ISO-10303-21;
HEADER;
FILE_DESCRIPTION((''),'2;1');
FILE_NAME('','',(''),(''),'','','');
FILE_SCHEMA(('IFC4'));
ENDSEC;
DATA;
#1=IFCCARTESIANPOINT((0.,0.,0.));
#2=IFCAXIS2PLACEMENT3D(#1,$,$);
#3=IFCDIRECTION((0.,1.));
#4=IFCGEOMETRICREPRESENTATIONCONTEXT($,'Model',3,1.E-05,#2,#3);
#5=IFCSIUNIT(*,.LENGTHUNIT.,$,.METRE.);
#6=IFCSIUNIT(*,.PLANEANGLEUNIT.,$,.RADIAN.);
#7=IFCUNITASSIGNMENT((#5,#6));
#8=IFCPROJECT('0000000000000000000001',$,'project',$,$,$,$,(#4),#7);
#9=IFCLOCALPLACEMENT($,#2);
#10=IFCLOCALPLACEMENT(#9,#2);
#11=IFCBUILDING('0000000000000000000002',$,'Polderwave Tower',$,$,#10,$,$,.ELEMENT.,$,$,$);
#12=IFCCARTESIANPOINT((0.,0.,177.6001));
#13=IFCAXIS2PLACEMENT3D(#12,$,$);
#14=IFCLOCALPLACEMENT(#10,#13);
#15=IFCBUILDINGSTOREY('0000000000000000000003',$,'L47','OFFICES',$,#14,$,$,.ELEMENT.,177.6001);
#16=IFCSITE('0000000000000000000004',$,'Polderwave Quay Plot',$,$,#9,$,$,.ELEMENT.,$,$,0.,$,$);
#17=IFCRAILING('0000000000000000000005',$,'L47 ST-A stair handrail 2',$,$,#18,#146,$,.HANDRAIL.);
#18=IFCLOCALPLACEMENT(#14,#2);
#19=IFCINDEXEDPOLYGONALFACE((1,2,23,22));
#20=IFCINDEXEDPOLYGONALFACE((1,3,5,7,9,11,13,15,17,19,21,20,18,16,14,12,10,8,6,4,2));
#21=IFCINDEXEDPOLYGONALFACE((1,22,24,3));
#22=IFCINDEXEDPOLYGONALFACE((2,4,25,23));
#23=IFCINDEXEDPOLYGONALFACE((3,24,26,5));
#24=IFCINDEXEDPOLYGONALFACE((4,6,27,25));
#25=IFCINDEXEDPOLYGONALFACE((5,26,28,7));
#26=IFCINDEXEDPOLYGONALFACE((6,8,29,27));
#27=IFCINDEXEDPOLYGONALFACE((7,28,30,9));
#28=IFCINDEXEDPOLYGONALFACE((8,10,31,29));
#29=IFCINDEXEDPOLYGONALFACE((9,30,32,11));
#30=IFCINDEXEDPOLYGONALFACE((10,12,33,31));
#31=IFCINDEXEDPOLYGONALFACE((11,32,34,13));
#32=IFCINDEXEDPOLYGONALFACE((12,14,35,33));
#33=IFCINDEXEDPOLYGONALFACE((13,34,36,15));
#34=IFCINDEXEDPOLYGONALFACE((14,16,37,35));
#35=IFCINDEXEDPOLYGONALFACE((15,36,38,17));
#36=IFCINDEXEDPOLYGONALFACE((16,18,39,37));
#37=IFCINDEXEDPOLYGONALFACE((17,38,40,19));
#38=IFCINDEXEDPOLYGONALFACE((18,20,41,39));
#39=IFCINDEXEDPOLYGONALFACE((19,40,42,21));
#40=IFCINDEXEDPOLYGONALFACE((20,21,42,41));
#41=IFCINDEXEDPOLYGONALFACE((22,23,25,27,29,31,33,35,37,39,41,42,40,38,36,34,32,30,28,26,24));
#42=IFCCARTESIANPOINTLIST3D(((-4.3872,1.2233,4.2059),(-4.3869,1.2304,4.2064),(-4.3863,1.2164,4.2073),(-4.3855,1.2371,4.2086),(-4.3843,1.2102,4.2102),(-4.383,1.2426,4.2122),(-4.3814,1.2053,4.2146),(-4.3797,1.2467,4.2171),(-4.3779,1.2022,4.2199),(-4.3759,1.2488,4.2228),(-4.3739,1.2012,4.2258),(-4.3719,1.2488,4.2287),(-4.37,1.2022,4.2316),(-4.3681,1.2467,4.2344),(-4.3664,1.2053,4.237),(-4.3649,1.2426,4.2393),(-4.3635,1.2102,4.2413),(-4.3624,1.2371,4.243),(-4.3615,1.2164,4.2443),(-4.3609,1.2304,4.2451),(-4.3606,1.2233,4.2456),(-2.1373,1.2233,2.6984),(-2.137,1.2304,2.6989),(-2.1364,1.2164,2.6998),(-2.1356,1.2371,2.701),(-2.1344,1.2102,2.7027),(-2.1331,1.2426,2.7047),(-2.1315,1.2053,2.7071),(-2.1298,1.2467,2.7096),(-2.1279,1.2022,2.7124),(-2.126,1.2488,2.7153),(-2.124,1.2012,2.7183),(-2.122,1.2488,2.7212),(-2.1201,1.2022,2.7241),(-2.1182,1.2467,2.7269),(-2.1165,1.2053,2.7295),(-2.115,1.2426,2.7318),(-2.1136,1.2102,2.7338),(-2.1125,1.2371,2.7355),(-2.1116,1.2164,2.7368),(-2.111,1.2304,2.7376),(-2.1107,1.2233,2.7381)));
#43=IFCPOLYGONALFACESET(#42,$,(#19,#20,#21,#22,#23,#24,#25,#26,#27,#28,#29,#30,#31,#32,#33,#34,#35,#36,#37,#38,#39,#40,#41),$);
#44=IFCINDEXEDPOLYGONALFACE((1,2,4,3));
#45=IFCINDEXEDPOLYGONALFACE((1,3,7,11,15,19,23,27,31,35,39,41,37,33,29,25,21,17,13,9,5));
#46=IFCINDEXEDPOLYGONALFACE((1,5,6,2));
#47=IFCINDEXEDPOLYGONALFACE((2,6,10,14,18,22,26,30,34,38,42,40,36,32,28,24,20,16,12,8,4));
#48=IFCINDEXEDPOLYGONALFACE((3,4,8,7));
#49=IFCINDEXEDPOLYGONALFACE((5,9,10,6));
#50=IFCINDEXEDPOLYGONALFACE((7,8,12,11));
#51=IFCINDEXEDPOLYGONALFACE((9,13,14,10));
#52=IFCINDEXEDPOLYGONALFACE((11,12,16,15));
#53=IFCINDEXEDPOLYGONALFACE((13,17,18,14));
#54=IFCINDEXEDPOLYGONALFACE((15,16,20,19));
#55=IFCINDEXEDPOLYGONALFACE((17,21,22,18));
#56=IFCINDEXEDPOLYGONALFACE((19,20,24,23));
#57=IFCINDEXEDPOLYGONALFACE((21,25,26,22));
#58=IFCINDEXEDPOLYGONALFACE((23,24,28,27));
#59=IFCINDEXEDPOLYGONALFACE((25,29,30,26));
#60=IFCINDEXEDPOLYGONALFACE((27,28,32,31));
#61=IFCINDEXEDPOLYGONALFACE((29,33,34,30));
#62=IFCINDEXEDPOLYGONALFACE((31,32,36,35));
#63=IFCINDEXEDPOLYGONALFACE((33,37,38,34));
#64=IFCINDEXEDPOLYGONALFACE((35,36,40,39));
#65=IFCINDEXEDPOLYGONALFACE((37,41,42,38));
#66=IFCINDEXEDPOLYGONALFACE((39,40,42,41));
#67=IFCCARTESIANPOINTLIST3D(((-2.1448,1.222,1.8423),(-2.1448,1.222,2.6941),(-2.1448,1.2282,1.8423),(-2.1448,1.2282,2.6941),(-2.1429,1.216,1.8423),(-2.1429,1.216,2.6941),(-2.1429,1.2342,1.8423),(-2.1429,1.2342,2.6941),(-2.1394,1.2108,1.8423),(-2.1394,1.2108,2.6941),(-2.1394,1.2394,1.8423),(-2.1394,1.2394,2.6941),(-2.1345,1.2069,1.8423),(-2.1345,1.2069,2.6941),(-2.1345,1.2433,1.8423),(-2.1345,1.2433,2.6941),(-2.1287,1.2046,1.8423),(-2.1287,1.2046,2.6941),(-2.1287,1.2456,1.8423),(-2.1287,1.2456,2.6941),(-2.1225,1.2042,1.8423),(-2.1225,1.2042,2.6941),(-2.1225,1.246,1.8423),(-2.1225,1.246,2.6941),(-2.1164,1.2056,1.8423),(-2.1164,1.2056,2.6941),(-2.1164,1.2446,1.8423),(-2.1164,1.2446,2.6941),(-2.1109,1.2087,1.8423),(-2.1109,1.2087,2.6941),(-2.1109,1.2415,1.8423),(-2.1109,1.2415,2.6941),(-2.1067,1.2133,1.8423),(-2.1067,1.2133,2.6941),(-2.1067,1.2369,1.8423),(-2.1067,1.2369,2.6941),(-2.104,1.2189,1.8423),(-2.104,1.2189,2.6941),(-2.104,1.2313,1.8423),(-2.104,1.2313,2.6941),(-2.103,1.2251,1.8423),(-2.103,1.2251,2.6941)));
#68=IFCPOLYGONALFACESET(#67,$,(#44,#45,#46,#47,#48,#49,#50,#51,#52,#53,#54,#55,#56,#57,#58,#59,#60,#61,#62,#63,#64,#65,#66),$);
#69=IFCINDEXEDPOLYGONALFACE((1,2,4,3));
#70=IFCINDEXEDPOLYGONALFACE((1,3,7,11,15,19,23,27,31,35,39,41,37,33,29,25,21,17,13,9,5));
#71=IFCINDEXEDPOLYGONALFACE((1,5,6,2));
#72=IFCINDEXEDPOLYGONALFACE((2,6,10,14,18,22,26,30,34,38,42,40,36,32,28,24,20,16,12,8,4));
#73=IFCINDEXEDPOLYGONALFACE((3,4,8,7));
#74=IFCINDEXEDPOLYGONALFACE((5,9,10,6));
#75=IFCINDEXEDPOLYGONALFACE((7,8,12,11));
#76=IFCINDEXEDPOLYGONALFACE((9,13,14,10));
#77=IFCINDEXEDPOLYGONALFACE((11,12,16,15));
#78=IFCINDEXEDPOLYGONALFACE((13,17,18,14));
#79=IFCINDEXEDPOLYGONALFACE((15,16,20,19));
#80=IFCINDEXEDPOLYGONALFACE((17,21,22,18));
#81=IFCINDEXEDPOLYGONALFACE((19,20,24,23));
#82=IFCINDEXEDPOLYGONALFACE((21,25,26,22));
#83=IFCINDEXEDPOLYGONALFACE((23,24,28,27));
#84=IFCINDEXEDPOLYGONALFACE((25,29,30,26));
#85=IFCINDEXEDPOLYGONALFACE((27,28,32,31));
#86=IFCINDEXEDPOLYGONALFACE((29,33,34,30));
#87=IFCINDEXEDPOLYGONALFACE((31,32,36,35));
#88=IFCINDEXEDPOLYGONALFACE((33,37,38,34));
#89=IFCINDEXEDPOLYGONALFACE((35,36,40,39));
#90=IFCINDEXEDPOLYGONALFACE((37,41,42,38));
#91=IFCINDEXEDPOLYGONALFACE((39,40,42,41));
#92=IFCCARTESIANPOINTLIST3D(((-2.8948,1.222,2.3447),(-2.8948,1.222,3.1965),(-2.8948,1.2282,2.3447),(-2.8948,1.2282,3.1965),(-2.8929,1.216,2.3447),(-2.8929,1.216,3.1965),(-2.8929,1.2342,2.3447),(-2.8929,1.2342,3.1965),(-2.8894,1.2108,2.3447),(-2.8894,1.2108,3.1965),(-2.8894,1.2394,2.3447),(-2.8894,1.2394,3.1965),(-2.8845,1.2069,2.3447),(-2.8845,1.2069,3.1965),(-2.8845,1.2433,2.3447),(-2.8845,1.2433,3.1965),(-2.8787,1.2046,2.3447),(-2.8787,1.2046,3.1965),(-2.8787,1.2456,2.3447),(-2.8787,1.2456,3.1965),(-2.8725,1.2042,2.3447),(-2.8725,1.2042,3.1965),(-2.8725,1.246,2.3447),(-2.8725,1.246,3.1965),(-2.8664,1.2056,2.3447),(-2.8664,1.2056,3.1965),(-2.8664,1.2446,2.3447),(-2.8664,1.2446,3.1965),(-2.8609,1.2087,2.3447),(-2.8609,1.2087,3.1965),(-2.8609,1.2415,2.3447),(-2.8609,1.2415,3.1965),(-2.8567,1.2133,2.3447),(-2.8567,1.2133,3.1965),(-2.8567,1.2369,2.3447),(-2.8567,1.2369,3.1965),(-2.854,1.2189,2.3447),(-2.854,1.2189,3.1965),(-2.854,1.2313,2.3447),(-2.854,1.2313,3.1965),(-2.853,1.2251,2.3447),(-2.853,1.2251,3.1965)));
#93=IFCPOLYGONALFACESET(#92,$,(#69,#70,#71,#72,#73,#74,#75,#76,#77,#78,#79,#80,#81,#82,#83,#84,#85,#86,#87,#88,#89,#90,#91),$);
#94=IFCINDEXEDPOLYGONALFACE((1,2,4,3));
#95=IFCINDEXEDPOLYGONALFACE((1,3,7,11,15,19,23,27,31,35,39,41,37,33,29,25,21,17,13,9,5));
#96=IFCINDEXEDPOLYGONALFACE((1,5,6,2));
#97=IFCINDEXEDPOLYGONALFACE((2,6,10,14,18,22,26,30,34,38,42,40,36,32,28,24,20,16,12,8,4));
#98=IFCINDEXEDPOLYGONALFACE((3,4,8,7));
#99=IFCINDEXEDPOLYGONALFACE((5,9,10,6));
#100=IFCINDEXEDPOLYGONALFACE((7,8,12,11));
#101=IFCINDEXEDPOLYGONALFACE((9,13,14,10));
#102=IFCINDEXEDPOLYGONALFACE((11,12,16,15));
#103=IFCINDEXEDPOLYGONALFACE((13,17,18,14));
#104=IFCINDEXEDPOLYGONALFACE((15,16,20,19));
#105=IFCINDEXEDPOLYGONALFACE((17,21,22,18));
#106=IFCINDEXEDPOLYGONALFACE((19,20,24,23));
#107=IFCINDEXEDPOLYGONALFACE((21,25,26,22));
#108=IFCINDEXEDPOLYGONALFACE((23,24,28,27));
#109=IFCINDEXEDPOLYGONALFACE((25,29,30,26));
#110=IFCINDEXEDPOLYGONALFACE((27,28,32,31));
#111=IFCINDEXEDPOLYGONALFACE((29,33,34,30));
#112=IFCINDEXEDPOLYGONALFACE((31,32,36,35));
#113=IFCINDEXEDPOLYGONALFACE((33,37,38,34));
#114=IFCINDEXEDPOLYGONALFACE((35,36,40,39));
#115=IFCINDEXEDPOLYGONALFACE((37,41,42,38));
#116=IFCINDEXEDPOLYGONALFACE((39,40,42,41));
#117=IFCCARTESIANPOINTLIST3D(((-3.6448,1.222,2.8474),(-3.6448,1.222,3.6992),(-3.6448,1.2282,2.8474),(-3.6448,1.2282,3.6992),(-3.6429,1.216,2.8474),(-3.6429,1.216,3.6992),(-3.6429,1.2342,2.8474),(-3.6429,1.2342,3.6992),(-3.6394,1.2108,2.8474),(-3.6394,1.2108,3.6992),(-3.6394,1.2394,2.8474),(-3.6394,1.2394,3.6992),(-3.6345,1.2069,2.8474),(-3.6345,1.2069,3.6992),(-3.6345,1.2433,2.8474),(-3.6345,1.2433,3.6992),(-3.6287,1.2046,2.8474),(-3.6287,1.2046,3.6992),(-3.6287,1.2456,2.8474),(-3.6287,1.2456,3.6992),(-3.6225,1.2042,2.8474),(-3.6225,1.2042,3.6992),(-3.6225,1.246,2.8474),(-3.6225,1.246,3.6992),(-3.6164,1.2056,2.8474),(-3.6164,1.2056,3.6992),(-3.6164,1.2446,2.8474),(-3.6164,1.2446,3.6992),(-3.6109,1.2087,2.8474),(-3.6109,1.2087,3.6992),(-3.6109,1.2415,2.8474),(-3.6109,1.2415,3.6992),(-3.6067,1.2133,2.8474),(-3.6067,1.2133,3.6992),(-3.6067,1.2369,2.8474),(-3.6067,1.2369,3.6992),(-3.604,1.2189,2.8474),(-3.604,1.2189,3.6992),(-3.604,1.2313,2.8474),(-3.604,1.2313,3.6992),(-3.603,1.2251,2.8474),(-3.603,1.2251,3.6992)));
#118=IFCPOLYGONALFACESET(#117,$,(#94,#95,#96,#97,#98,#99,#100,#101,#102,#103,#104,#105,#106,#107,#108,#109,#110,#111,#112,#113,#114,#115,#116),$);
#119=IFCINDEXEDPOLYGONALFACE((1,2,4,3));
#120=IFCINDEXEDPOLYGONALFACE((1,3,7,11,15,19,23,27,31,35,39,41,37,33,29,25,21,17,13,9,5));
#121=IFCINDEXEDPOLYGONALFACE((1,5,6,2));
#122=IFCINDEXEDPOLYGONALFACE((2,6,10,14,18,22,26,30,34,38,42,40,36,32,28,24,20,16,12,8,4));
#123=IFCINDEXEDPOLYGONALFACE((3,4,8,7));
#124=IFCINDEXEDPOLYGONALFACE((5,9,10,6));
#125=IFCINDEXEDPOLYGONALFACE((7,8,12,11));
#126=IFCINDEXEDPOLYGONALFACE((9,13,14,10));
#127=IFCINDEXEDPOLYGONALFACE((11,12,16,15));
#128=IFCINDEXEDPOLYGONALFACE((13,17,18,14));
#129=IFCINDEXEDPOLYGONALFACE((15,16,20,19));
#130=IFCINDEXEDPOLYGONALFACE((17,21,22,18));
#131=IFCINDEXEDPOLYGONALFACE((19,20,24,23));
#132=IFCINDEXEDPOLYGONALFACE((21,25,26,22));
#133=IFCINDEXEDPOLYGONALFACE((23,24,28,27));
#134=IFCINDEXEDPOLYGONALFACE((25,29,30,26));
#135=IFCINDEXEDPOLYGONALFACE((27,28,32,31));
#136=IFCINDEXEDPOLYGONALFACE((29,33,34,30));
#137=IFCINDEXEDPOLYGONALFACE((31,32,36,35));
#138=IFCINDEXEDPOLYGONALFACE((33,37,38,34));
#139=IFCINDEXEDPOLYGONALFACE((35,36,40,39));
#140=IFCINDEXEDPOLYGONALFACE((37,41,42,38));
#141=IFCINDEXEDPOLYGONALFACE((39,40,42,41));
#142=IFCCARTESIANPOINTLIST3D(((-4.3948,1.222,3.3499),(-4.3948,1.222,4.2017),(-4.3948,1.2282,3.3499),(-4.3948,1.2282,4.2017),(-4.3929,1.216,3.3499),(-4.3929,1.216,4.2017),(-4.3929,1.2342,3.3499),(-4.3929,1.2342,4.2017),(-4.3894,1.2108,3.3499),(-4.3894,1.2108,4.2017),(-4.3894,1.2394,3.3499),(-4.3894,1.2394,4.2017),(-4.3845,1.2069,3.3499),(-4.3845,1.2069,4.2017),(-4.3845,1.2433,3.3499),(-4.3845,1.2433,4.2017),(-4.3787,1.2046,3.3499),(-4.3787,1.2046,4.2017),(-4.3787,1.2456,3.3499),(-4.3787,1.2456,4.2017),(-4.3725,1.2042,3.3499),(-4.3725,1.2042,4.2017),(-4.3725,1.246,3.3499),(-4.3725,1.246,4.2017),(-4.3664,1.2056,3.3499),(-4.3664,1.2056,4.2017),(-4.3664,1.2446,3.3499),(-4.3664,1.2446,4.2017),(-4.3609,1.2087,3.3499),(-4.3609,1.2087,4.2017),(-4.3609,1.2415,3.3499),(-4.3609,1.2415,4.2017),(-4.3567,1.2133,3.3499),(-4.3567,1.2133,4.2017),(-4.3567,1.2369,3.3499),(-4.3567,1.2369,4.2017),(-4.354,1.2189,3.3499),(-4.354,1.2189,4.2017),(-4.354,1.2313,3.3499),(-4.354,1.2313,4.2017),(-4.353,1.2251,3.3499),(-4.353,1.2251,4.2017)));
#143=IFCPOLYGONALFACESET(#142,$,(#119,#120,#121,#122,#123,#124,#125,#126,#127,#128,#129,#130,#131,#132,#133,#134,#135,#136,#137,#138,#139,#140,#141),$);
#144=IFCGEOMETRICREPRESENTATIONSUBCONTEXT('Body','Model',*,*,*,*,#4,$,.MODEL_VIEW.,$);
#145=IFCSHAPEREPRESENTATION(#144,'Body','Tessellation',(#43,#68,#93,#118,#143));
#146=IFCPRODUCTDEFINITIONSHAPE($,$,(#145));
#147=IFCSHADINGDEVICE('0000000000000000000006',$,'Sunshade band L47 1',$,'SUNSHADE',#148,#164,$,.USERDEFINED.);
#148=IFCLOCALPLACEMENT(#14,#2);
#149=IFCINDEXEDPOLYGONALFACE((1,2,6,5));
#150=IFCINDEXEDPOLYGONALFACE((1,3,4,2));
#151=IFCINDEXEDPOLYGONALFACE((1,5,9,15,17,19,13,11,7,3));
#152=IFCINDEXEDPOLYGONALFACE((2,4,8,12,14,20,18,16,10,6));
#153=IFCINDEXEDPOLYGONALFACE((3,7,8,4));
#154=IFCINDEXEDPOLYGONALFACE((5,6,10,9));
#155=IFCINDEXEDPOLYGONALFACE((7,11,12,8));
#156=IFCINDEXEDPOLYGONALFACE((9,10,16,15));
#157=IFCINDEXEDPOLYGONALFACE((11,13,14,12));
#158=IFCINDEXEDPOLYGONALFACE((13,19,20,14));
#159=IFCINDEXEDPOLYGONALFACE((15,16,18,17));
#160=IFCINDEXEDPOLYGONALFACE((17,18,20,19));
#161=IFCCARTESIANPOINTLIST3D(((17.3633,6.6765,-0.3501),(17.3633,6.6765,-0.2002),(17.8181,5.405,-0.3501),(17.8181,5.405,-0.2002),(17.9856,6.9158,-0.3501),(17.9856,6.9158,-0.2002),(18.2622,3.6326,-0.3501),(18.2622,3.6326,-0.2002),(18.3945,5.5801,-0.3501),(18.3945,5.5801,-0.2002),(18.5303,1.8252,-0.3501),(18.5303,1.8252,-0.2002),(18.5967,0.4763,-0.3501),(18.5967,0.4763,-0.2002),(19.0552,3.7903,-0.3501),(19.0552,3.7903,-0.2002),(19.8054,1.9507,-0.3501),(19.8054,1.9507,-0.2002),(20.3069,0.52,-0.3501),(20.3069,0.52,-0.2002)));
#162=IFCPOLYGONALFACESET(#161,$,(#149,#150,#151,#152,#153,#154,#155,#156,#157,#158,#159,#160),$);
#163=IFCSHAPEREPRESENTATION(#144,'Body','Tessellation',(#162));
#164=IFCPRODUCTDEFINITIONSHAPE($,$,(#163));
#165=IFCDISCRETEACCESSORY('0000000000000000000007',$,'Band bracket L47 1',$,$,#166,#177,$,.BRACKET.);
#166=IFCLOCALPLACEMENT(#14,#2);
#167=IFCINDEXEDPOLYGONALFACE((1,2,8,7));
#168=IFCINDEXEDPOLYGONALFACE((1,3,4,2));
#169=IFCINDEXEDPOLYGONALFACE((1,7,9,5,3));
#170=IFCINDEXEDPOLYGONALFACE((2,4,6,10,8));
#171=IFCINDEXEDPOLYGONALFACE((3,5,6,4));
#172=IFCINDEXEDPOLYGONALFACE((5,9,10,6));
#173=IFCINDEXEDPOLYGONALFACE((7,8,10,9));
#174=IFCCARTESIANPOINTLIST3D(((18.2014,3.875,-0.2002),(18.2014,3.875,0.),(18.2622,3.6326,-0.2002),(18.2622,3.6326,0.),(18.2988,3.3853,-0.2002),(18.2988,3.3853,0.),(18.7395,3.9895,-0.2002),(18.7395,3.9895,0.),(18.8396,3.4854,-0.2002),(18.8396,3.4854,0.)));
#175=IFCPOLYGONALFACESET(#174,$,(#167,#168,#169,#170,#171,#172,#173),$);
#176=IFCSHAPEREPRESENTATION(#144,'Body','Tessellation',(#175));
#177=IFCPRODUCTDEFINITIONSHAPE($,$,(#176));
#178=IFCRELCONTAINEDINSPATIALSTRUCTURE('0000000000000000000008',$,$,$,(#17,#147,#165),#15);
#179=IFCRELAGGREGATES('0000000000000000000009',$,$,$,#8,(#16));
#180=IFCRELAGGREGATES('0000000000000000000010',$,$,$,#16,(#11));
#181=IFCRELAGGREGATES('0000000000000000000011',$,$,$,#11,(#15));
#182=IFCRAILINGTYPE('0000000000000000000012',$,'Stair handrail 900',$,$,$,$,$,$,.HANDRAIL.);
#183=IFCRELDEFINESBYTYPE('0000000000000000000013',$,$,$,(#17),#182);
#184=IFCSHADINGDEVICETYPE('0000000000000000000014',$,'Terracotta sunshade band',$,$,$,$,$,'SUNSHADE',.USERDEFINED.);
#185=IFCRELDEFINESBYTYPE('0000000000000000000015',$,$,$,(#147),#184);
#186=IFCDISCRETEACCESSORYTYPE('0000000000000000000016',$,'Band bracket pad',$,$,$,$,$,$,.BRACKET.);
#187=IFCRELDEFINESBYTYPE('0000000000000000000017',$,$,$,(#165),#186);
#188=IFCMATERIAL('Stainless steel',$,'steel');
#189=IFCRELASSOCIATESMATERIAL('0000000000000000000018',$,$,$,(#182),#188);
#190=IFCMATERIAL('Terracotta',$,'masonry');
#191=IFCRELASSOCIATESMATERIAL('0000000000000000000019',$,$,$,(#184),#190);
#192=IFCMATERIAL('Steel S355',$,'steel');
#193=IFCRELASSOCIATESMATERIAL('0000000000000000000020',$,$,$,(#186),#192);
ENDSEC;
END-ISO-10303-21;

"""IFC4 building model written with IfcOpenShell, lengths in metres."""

from ifc_helpers import new_model, si_unit, direction, frame, origin, origin_2d, place, context, subcontext, project, spatial, polyline, circle, outline, extrude, material, type_object, element, save


model = new_model("IFC4")

# Units and contexts
model_context = context("Model", 3, precision=1e-05, world=origin(), true_north=direction((0.0, 1.0)))
body_context = subcontext(model_context, "Body", "Model", "MODEL_VIEW")
ifc_project = project(units=[si_unit("LENGTHUNIT", "METRE"), si_unit("PLANEANGLEUNIT", "RADIAN")], contexts=[model_context])

# Site, building, storey
site_placement = place(None, origin())
site = spatial("IfcSite", under=ifc_project, at=site_placement, Name="Polderwave Quay Plot", CompositionType="ELEMENT", RefElevation=0.0)
building_placement = place(site_placement, origin())
building = spatial("IfcBuilding", under=site, at=building_placement, Name="Polderwave Tower", CompositionType="ELEMENT")
storey_placement = place(building_placement, frame((0.0, 0.0, 177.6001)))
storey = spatial("IfcBuildingStorey", under=building, at=storey_placement, Name="L47", Description="OFFICES", CompositionType="ELEMENT", Elevation=177.6001)

# Shared definitions
ifc_material_1 = material(Name="Stainless steel", Category="steel")

# Railing
railing_type_1 = type_object("IfcRailingType", Name="Stair handrail 900", PredefinedType="HANDRAIL", material=ifc_material_1)
railing_1_placement = place(storey_placement, frame((-2.124, 1.2251, 1.8423)))
element("IfcRailing", 1, at=railing_1_placement, inside=storey, type_object=railing_type_1, Name="L47 ST-A stair handrail 2", PredefinedType="HANDRAIL", context=body_context, shape_type="SweptSolid", body=[
    extrude(circle(Radius=0.0239, at=origin_2d()), frame((0.0, 0.0, 0.876), z_axis=(-0.830758, 0.0, 0.556633), x_axis=(0.0, -1.0, 0.0)), (0.0, 0.0, 1.0), 2.7083),
    extrude(circle(Radius=0.021, at=origin_2d()), origin(), (0.0, 0.0, 1.0), 0.8518),
    extrude(circle(Radius=0.021, at=origin_2d()), frame((-0.75, 0.0, 0.5024)), (0.0, 0.0, 1.0), 0.8518),
    extrude(circle(Radius=0.021, at=origin_2d()), frame((-1.5, 0.0, 1.0051)), (0.0, 0.0, 1.0), 0.8518),
    extrude(circle(Radius=0.021, at=origin_2d()), frame((-2.25, 0.0, 1.5076)), (0.0, 0.0, 1.0), 0.8518),
])

# Shading device
ifc_material_2 = material(Name="Terracotta", Category="masonry")
shading_device_type = type_object("IfcShadingDeviceType", Name="Terracotta sunshade band", ElementType="SUNSHADE", PredefinedType="USERDEFINED", material=ifc_material_2)
shading_device_placement = place(storey_placement, frame((0.0, 0.0, -0.3501)))
element("IfcShadingDevice", 2, at=shading_device_placement, inside=storey, type_object=shading_device_type, Name="Sunshade band L47 1", ObjectType="SUNSHADE", PredefinedType="USERDEFINED", context=body_context, shape_type="SweptSolid", body=[
    extrude(outline(polyline([(18.5967, 0.4763), (18.5303, 1.8252), (18.2622, 3.6326), (17.8181, 5.405), (17.3633, 6.6765), (17.9856, 6.9158), (18.3945, 5.5801), (19.0552, 3.7903), (19.8054, 1.9507), (20.3069, 0.52), (18.5967, 0.4763)])), origin(), (0.0, 0.0, 1.0), 0.1499),
])

# Discrete accessory
ifc_material_3 = material(Name="Steel S355", Category="steel")
discrete_accessory_type = type_object("IfcDiscreteAccessoryType", Name="Band bracket pad", PredefinedType="BRACKET", material=ifc_material_3)
discrete_accessory_placement = place(storey_placement, frame((0.0, 0.0, -0.2002)))
element("IfcDiscreteAccessory", 3, at=discrete_accessory_placement, inside=storey, type_object=discrete_accessory_type, Name="Band bracket L47 1", PredefinedType="BRACKET", context=body_context, shape_type="SweptSolid", body=[
    extrude(outline(polyline([(18.2988, 3.3853), (18.2622, 3.6326), (18.2014, 3.875), (18.7395, 3.9895), (18.8396, 3.4854), (18.2988, 3.3853)])), origin(), (0.0, 0.0, 1.0), 0.2002),
])

save(model, "model.ifc")
